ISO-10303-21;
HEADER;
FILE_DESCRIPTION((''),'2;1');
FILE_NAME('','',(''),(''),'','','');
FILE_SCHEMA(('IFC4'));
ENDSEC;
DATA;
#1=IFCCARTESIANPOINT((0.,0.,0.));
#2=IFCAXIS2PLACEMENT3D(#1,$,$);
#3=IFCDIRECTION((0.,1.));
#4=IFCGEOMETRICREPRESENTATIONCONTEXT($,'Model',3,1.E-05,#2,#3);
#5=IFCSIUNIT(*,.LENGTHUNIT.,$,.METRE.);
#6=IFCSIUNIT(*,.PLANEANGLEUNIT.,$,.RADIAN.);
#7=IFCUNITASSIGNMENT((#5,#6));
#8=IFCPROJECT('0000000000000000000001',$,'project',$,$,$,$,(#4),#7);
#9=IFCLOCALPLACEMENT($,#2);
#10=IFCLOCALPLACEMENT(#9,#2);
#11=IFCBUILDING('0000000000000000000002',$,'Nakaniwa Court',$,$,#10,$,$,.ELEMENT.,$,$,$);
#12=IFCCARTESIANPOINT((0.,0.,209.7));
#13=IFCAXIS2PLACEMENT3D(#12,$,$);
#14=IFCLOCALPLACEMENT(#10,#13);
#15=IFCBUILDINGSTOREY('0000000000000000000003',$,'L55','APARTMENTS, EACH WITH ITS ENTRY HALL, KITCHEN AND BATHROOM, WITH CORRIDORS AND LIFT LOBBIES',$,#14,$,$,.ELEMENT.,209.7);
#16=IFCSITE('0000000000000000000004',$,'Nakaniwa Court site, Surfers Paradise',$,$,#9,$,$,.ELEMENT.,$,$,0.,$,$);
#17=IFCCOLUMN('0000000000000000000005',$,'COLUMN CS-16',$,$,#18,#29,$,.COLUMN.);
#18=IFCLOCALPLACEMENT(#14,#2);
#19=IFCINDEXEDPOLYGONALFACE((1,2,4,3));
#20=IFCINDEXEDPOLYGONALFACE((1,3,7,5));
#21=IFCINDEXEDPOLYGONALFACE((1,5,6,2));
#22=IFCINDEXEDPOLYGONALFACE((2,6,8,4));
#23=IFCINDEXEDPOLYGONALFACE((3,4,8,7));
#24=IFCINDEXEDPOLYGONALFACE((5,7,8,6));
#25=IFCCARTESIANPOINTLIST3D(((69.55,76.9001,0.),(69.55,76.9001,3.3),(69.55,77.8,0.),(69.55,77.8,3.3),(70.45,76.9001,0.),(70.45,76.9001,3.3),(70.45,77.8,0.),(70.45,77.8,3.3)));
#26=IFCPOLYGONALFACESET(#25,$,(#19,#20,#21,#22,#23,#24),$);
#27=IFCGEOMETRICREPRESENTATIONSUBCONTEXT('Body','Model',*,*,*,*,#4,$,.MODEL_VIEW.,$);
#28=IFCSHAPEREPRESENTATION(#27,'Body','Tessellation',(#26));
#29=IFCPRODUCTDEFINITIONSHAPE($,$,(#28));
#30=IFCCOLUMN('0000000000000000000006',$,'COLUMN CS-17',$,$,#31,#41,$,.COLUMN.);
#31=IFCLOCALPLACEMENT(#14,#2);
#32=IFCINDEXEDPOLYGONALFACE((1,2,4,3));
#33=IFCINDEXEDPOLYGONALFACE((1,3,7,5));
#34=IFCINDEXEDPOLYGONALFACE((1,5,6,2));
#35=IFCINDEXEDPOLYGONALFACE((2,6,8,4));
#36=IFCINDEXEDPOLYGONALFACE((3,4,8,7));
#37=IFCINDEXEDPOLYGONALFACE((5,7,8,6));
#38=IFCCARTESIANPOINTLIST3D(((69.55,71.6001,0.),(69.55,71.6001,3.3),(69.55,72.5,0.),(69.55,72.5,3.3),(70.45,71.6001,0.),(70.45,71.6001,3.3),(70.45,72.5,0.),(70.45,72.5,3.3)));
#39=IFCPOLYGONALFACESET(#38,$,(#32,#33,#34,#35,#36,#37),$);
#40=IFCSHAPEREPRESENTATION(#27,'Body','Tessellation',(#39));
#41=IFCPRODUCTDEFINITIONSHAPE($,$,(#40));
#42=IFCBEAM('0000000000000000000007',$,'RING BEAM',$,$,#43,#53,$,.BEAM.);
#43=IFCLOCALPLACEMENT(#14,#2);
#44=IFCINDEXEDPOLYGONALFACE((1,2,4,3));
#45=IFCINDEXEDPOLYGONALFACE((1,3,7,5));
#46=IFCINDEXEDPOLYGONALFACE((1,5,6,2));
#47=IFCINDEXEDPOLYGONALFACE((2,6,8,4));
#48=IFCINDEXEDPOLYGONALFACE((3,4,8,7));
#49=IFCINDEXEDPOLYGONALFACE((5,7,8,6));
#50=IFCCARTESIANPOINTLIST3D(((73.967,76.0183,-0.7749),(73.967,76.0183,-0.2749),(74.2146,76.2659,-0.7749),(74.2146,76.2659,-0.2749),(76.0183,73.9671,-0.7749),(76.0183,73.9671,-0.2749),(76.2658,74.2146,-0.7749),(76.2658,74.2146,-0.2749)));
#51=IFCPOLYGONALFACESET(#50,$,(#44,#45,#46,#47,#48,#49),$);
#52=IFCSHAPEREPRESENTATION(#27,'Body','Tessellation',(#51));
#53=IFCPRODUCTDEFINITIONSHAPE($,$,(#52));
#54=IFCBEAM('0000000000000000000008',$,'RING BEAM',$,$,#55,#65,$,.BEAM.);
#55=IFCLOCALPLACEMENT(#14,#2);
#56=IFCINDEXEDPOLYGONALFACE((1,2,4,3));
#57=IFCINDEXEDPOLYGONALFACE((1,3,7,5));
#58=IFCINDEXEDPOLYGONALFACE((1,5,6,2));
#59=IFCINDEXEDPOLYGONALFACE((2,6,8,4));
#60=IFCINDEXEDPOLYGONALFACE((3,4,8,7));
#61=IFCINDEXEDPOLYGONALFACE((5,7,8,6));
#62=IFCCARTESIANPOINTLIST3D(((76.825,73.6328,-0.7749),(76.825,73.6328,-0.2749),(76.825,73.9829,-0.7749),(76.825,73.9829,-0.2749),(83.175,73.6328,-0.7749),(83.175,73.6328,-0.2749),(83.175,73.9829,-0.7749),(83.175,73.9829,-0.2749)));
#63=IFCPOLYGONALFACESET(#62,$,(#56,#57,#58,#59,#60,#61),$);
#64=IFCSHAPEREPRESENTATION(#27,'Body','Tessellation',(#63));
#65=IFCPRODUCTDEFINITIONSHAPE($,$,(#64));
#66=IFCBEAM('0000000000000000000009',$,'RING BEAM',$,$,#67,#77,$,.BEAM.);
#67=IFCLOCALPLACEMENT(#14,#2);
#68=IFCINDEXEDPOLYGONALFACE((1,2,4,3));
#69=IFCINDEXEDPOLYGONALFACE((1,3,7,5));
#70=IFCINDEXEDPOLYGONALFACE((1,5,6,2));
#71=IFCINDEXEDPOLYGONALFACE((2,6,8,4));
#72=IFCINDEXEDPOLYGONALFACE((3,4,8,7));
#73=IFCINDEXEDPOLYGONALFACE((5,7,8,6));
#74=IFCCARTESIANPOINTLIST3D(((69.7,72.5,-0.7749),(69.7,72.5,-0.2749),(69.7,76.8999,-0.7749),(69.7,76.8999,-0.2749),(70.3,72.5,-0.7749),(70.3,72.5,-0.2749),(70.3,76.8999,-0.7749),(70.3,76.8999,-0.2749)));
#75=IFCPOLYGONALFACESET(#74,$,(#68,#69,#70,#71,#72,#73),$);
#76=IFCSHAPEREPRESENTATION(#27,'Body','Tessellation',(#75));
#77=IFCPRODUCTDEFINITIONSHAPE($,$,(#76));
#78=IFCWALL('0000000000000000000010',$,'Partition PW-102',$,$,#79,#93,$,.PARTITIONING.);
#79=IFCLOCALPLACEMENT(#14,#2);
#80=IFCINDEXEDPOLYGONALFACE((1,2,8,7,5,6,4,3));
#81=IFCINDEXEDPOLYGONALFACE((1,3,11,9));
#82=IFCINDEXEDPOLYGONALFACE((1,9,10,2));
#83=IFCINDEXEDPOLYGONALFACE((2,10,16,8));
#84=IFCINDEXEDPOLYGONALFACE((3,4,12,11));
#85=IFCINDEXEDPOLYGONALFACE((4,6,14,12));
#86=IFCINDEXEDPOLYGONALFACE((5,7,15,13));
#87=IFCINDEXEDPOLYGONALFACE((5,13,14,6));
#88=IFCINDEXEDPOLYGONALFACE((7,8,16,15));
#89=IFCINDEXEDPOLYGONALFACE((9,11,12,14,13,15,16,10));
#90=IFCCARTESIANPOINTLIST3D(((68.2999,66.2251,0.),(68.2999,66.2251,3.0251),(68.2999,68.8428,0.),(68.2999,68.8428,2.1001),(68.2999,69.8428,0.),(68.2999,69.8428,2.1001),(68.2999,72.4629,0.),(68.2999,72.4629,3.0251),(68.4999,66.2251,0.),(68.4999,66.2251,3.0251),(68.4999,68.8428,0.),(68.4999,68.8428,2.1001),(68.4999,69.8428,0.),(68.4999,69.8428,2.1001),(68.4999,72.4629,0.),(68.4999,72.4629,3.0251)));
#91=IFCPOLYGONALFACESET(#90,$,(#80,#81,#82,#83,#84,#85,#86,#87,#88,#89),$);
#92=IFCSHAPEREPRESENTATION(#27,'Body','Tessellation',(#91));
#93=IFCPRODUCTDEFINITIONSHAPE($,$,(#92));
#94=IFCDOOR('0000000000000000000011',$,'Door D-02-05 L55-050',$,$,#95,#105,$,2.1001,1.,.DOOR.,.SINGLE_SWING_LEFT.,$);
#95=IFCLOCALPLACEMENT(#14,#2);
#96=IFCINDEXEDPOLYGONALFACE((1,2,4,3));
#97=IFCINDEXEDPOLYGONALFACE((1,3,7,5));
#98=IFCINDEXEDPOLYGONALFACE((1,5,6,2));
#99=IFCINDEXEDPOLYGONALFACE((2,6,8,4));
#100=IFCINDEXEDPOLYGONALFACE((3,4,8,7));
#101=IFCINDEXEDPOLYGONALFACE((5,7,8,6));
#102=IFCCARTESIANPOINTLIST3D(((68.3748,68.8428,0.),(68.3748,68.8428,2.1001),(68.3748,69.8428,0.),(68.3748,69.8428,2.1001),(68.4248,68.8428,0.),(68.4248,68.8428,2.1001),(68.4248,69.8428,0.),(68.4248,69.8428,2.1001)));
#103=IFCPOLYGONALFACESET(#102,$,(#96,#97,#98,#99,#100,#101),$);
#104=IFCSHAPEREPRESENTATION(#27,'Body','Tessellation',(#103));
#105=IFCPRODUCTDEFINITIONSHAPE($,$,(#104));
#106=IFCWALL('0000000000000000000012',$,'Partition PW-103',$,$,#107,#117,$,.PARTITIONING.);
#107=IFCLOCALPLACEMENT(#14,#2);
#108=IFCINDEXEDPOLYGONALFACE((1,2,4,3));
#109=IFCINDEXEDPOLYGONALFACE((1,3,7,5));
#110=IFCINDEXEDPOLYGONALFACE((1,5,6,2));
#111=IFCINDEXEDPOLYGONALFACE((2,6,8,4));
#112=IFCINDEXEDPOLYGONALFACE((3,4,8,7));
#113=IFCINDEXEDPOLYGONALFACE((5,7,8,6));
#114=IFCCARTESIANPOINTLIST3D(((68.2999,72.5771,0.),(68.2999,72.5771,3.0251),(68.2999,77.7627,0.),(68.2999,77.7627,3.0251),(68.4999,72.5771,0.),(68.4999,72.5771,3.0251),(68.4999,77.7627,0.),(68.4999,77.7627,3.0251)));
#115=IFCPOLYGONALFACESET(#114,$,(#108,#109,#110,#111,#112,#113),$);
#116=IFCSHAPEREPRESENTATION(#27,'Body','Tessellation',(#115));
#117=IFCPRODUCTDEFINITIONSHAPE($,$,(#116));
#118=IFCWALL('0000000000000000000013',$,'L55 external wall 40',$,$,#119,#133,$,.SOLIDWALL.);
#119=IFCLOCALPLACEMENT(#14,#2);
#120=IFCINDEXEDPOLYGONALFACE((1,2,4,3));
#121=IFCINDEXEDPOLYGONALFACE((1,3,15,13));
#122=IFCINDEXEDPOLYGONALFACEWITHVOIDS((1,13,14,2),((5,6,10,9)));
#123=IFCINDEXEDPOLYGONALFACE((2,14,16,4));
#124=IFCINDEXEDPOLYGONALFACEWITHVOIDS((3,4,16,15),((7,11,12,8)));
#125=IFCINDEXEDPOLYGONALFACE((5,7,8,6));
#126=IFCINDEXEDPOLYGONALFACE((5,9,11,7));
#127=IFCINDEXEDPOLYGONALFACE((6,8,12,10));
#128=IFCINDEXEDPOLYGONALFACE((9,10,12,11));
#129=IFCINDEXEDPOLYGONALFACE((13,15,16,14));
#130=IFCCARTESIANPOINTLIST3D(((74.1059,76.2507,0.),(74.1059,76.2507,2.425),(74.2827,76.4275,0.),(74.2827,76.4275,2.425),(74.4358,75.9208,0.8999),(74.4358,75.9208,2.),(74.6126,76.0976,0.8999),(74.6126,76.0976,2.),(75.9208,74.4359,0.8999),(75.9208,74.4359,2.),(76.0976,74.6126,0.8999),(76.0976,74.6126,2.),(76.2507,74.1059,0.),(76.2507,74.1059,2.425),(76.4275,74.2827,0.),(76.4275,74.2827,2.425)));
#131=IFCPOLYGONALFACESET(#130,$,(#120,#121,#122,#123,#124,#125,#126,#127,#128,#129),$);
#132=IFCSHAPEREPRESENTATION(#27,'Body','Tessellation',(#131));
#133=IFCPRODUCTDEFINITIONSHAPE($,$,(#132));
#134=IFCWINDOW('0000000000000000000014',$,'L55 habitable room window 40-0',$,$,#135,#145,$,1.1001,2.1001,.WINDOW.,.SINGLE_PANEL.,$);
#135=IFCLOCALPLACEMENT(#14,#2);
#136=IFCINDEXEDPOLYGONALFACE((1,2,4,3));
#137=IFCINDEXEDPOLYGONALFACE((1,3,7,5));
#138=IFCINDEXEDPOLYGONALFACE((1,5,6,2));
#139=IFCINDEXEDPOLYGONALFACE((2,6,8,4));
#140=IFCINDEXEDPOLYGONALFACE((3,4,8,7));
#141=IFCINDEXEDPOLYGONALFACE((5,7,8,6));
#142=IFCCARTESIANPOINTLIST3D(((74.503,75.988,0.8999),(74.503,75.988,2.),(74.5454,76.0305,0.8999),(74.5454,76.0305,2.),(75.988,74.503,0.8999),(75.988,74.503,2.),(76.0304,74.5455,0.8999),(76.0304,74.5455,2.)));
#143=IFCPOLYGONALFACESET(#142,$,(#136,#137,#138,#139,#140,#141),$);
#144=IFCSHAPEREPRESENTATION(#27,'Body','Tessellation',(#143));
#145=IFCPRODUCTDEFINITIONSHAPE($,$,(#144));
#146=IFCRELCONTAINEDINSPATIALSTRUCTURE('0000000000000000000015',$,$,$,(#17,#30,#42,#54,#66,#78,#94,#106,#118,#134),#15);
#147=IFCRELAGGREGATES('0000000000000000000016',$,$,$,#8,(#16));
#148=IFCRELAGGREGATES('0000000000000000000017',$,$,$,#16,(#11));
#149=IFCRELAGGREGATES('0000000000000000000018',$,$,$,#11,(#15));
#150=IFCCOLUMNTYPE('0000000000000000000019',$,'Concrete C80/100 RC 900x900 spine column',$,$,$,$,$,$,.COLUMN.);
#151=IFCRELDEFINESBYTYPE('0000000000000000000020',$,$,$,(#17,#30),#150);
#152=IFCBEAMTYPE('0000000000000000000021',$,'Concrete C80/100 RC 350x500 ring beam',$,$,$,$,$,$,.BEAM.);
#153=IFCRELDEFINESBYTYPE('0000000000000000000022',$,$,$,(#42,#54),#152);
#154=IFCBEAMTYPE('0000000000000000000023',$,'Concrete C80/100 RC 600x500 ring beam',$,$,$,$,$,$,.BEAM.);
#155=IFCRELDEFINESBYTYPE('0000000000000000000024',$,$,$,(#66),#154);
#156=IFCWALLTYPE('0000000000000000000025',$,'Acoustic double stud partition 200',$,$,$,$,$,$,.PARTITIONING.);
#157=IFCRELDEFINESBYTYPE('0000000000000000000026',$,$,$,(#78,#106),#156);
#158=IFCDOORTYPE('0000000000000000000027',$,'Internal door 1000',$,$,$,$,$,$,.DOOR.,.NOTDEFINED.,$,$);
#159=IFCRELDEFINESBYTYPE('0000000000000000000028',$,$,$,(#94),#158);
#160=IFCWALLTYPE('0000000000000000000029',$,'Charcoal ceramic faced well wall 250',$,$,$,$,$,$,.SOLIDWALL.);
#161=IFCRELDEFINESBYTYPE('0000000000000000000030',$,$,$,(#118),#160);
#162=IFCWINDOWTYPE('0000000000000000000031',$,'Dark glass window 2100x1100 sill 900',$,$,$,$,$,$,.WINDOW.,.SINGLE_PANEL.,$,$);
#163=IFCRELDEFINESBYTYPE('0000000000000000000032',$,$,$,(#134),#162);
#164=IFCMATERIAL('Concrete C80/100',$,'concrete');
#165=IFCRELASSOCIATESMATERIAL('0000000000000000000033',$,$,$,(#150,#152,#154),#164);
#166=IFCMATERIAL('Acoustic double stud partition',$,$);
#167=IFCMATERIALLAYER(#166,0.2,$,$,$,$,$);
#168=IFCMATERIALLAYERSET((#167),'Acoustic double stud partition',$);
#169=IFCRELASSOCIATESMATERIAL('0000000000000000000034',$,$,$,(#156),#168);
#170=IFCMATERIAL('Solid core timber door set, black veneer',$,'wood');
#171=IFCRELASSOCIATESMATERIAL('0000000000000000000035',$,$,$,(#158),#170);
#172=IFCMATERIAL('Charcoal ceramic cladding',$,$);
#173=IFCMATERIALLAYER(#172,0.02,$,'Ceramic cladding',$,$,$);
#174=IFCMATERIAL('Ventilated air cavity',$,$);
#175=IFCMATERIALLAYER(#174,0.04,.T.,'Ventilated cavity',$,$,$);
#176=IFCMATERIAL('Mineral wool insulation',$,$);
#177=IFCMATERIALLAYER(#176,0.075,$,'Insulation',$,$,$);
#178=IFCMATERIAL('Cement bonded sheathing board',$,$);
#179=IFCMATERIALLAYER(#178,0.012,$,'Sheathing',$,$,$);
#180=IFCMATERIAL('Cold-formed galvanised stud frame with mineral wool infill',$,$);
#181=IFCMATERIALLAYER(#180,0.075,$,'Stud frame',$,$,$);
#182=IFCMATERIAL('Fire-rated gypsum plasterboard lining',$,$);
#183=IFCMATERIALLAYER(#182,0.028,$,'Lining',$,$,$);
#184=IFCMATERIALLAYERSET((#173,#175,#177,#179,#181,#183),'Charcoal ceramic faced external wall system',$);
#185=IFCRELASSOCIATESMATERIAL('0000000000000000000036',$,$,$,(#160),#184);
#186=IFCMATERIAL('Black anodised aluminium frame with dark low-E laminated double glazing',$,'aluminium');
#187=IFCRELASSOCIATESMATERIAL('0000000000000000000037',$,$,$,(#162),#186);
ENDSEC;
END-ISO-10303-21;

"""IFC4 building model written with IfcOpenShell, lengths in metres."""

from ifc_helpers import new_model, si_unit, direction, frame, frame_2d, origin, origin_2d, place, context, subcontext, project, spatial, rectangle, extrude, material, layer, layer_set, material_profile, profile_set, type_object, element, fill, save


model = new_model("IFC4")

# Units and contexts
model_context = context("Model", 3, precision=1e-05, world=origin(), true_north=direction((0.0, 1.0)))
body_context = subcontext(model_context, "Body", "Model", "MODEL_VIEW")
ifc_project = project(units=[si_unit("LENGTHUNIT", "METRE"), si_unit("PLANEANGLEUNIT", "RADIAN")], contexts=[model_context])

# Site, building, storey
site_placement = place(None, origin())
site = spatial("IfcSite", under=ifc_project, at=site_placement, Name="Nakaniwa Court site, Surfers Paradise", CompositionType="ELEMENT", RefElevation=0.0)
building_placement = place(site_placement, origin())
building = spatial("IfcBuilding", under=site, at=building_placement, Name="Nakaniwa Court", CompositionType="ELEMENT")
storey_placement = place(building_placement, frame((0.0, 0.0, 209.7)))
storey = spatial("IfcBuildingStorey", under=building, at=storey_placement, Name="L55", Description="APARTMENTS, EACH WITH ITS ENTRY HALL, KITCHEN AND BATHROOM, WITH CORRIDORS AND LIFT LOBBIES", CompositionType="ELEMENT", Elevation=209.7)

# Columns
ifc_material_1 = material(Name="Concrete C80/100", Category="concrete")
ifc_material_profile_1 = material_profile(ifc_material_1, rectangle(XDim=0.8999, YDim=0.8999, at=origin_2d()), Name="Concrete C80/100 RC 900x900 spine column")
ifc_profile_set_1 = profile_set([ifc_material_profile_1], Name="Concrete C80/100")
column_type_1 = type_object("IfcColumnType", Name="Concrete C80/100 RC 900x900 spine column", PredefinedType="COLUMN", material=ifc_profile_set_1)
for number, where, z_axis, x_axis, name in (
    (1, (70.0, 77.3501, 0.0), (0.0, 0.0, 1.0), (0.0, -1.0, 0.0), "COLUMN CS-16"),
    (2, (70.0, 72.05, 0.0), (0.0, 0.0, 1.0), (0.0, -1.0, 0.0), "COLUMN CS-17"),
):
    element("IfcColumn", number, at=place(storey_placement, frame(where, z_axis=z_axis, x_axis=x_axis)), inside=storey, type_object=column_type_1, Name=name, PredefinedType="COLUMN", context=body_context, shape_type="SweptSolid", body=[
        extrude(rectangle(XDim=0.8999, YDim=0.8999, at=origin_2d()), origin(), (0.0, 0.0, 1.0), 3.3),
    ])

# Beams
ifc_material_profile_2 = material_profile(ifc_material_1, rectangle(XDim=0.3501, YDim=0.5, at=origin_2d()), Name="Concrete C80/100 RC 350x500 ring beam")
ifc_profile_set_2 = profile_set([ifc_material_profile_2], Name="Concrete C80/100")
beam_type_1 = type_object("IfcBeamType", Name="Concrete C80/100 RC 350x500 ring beam", PredefinedType="BEAM", material=ifc_profile_set_2)
beam_1_placement = place(storey_placement, frame((74.0908, 76.1421, -0.5249), z_axis=(0.707107, -0.707107, 0.0), x_axis=(0.707107, 0.707107, 0.0)))
element("IfcBeam", 3, at=beam_1_placement, inside=storey, type_object=beam_type_1, Name="RING BEAM", PredefinedType="BEAM", context=body_context, shape_type="SweptSolid", body=[
    extrude(rectangle(XDim=0.3501, YDim=0.5, at=origin_2d()), origin(), (0.0, 0.0, 1.0), 2.9009),
])
beam_2_placement = place(storey_placement, frame((76.825, 73.8079, -0.5249), z_axis=(1.0, 0.0, 0.0), x_axis=(0.0, 1.0, 0.0)))
element("IfcBeam", 4, at=beam_2_placement, inside=storey, type_object=beam_type_1, Name="RING BEAM", PredefinedType="BEAM", context=body_context, shape_type="SweptSolid", body=[
    extrude(rectangle(XDim=0.3501, YDim=0.5, at=origin_2d()), origin(), (0.0, 0.0, 1.0), 6.3501),
])
ifc_material_profile_3 = material_profile(ifc_material_1, rectangle(XDim=0.6001, YDim=0.5, at=origin_2d()), Name="Concrete C80/100 RC 600x500 ring beam")
ifc_profile_set_3 = profile_set([ifc_material_profile_3], Name="Concrete C80/100")
beam_type_2 = type_object("IfcBeamType", Name="Concrete C80/100 RC 600x500 ring beam", PredefinedType="BEAM", material=ifc_profile_set_3)
beam_3_placement = place(storey_placement, frame((70.0, 76.8999, -0.5249), z_axis=(0.0, -1.0, 0.0), x_axis=(1.0, 0.0, 0.0)))
element("IfcBeam", 5, at=beam_3_placement, inside=storey, type_object=beam_type_2, Name="RING BEAM", PredefinedType="BEAM", context=body_context, shape_type="SweptSolid", body=[
    extrude(rectangle(XDim=0.6001, YDim=0.5, at=origin_2d()), origin(), (0.0, 0.0, 1.0), 4.3999),
])

# Wall, opening, door
ifc_material_2 = material(Name="Acoustic double stud partition")
ifc_layer_1 = layer(ifc_material_2, 0.2)
ifc_layer_set_1 = layer_set([ifc_layer_1], Name="Acoustic double stud partition")
wall_type_1 = type_object("IfcWallType", Name="Acoustic double stud partition 200", PredefinedType="PARTITIONING", material=ifc_layer_set_1)
wall_1_placement = place(storey_placement, frame((68.3999, 72.4629, 0.0), z_axis=(0.0, 0.0, 1.0), x_axis=(0.0, -1.0, 0.0)))
wall_1 = element("IfcWall", 6, at=wall_1_placement, inside=storey, type_object=wall_type_1, Name="Partition PW-102", PredefinedType="PARTITIONING", context=body_context, shape_type="SweptSolid", body=[
    extrude(rectangle(XDim=6.2378, YDim=0.2, at=frame_2d((3.1189, 0.0))), origin(), (0.0, 0.0, 1.0), 3.0251),
])
opening_1_placement = place(wall_1_placement, frame((2.6201, 0.0, 0.0)))
opening_1 = element("IfcOpeningElement", 7, at=opening_1_placement, cuts=wall_1, PredefinedType="OPENING", context=body_context, shape_type="SweptSolid", body=[
    extrude(rectangle(XDim=1.0, YDim=2.1001, at=frame_2d((0.5, 1.05))), frame((0.0, 0.1099, 0.0), z_axis=(0.0, -1.0, 0.0), x_axis=(1.0, 0.0, 0.0)), (0.0, 0.0, 1.0), 0.22),
])
ifc_material_3 = material(Name="Solid core timber door set, black veneer", Category="wood")
door_type_1 = type_object("IfcDoorType", Name="Internal door 1000", OperationType="NOTDEFINED", PredefinedType="DOOR", material=ifc_material_3)
door_1_placement = place(opening_1_placement, origin())
door_1 = element("IfcDoor", 8, at=door_1_placement, inside=storey, type_object=door_type_1, Name="Door D-02-05 L55-050", OperationType="SINGLE_SWING_LEFT", OverallHeight=2.1001, OverallWidth=1.0, PredefinedType="DOOR", context=body_context, shape_type="SweptSolid", body=[
    extrude(rectangle(XDim=1.0, YDim=2.1001, at=frame_2d((0.5, 1.05))), frame((0.0, 0.0249, 0.0), z_axis=(0.0, -1.0, 0.0), x_axis=(1.0, 0.0, 0.0)), (0.0, 0.0, 1.0), 0.05),
])
fill(opening_1, door_1)

# Wall
wall_2_placement = place(storey_placement, frame((68.3999, 72.5771, 0.0), z_axis=(0.0, 0.0, 1.0), x_axis=(0.0, 1.0, 0.0)))
element("IfcWall", 9, at=wall_2_placement, inside=storey, type_object=wall_type_1, Name="Partition PW-103", PredefinedType="PARTITIONING", context=body_context, shape_type="SweptSolid", body=[
    extrude(rectangle(XDim=5.1855, YDim=0.2, at=frame_2d((2.5928, 0.0))), origin(), (0.0, 0.0, 1.0), 3.0251),
])

# Wall, opening, window
ifc_material_4 = material(Name="Charcoal ceramic cladding")
ifc_layer_2 = layer(ifc_material_4, 0.02, Name="Ceramic cladding")
ifc_material_5 = material(Name="Ventilated air cavity")
ifc_layer_3 = layer(ifc_material_5, 0.04, ventilated=True, Name="Ventilated cavity")
ifc_material_6 = material(Name="Mineral wool insulation")
ifc_layer_4 = layer(ifc_material_6, 0.075, Name="Insulation")
ifc_material_7 = material(Name="Cement bonded sheathing board")
ifc_layer_5 = layer(ifc_material_7, 0.012, Name="Sheathing")
ifc_material_8 = material(Name="Cold-formed galvanised stud frame with mineral wool infill")
ifc_layer_6 = layer(ifc_material_8, 0.075, Name="Stud frame")
ifc_material_9 = material(Name="Fire-rated gypsum plasterboard lining")
ifc_layer_7 = layer(ifc_material_9, 0.028, Name="Lining")
ifc_layer_set_2 = layer_set([ifc_layer_2, ifc_layer_3, ifc_layer_4, ifc_layer_5, ifc_layer_6, ifc_layer_7], Name="Charcoal ceramic faced external wall system")
wall_type_2 = type_object("IfcWallType", Name="Charcoal ceramic faced well wall 250", PredefinedType="SOLIDWALL", material=ifc_layer_set_2)
wall_3_placement = place(storey_placement, frame((76.3391, 74.1943, 0.0), z_axis=(0.0, 0.0, 1.0), x_axis=(-0.707107, 0.707107, 0.0)))
wall_3 = element("IfcWall", 10, at=wall_3_placement, inside=storey, type_object=wall_type_2, Name="L55 external wall 40", PredefinedType="SOLIDWALL", context=body_context, shape_type="SweptSolid", body=[
    extrude(rectangle(XDim=3.0332, YDim=0.25, at=frame_2d((1.5166, 0.0))), origin(), (0.0, 0.0, 1.0), 2.425),
])
opening_2_placement = place(wall_3_placement, frame((0.4666, 0.0, 0.8999)))
opening_2 = element("IfcOpeningElement", 11, at=opening_2_placement, cuts=wall_3, PredefinedType="OPENING", context=body_context, shape_type="SweptSolid", body=[
    extrude(rectangle(XDim=2.1001, YDim=1.1001, at=frame_2d((1.05, 0.55))), frame((0.0, 0.135, 0.0), z_axis=(0.0, -1.0, 0.0), x_axis=(1.0, 0.0, 0.0)), (0.0, 0.0, 1.0), 0.27),
])
ifc_material_10 = material(Name="Black anodised aluminium frame with dark low-E laminated double glazing", Category="aluminium")
window_type = type_object("IfcWindowType", Name="Dark glass window 2100x1100 sill 900", PartitioningType="SINGLE_PANEL", PredefinedType="WINDOW", material=ifc_material_10)
window_1_placement = place(opening_2_placement, origin())
window_1 = element("IfcWindow", 12, at=window_1_placement, inside=storey, type_object=window_type, Name="L55 habitable room window 40-0", OverallHeight=1.1001, OverallWidth=2.1001, PartitioningType="SINGLE_PANEL", PredefinedType="WINDOW", context=body_context, shape_type="SweptSolid", body=[
    extrude(rectangle(XDim=2.1001, YDim=1.1001, at=frame_2d((1.05, 0.55))), frame((0.0, 0.03, 0.0), z_axis=(0.0, -1.0, 0.0), x_axis=(1.0, 0.0, 0.0)), (0.0, 0.0, 1.0), 0.0601),
])
fill(opening_2, window_1)

save(model, "model.ifc")
